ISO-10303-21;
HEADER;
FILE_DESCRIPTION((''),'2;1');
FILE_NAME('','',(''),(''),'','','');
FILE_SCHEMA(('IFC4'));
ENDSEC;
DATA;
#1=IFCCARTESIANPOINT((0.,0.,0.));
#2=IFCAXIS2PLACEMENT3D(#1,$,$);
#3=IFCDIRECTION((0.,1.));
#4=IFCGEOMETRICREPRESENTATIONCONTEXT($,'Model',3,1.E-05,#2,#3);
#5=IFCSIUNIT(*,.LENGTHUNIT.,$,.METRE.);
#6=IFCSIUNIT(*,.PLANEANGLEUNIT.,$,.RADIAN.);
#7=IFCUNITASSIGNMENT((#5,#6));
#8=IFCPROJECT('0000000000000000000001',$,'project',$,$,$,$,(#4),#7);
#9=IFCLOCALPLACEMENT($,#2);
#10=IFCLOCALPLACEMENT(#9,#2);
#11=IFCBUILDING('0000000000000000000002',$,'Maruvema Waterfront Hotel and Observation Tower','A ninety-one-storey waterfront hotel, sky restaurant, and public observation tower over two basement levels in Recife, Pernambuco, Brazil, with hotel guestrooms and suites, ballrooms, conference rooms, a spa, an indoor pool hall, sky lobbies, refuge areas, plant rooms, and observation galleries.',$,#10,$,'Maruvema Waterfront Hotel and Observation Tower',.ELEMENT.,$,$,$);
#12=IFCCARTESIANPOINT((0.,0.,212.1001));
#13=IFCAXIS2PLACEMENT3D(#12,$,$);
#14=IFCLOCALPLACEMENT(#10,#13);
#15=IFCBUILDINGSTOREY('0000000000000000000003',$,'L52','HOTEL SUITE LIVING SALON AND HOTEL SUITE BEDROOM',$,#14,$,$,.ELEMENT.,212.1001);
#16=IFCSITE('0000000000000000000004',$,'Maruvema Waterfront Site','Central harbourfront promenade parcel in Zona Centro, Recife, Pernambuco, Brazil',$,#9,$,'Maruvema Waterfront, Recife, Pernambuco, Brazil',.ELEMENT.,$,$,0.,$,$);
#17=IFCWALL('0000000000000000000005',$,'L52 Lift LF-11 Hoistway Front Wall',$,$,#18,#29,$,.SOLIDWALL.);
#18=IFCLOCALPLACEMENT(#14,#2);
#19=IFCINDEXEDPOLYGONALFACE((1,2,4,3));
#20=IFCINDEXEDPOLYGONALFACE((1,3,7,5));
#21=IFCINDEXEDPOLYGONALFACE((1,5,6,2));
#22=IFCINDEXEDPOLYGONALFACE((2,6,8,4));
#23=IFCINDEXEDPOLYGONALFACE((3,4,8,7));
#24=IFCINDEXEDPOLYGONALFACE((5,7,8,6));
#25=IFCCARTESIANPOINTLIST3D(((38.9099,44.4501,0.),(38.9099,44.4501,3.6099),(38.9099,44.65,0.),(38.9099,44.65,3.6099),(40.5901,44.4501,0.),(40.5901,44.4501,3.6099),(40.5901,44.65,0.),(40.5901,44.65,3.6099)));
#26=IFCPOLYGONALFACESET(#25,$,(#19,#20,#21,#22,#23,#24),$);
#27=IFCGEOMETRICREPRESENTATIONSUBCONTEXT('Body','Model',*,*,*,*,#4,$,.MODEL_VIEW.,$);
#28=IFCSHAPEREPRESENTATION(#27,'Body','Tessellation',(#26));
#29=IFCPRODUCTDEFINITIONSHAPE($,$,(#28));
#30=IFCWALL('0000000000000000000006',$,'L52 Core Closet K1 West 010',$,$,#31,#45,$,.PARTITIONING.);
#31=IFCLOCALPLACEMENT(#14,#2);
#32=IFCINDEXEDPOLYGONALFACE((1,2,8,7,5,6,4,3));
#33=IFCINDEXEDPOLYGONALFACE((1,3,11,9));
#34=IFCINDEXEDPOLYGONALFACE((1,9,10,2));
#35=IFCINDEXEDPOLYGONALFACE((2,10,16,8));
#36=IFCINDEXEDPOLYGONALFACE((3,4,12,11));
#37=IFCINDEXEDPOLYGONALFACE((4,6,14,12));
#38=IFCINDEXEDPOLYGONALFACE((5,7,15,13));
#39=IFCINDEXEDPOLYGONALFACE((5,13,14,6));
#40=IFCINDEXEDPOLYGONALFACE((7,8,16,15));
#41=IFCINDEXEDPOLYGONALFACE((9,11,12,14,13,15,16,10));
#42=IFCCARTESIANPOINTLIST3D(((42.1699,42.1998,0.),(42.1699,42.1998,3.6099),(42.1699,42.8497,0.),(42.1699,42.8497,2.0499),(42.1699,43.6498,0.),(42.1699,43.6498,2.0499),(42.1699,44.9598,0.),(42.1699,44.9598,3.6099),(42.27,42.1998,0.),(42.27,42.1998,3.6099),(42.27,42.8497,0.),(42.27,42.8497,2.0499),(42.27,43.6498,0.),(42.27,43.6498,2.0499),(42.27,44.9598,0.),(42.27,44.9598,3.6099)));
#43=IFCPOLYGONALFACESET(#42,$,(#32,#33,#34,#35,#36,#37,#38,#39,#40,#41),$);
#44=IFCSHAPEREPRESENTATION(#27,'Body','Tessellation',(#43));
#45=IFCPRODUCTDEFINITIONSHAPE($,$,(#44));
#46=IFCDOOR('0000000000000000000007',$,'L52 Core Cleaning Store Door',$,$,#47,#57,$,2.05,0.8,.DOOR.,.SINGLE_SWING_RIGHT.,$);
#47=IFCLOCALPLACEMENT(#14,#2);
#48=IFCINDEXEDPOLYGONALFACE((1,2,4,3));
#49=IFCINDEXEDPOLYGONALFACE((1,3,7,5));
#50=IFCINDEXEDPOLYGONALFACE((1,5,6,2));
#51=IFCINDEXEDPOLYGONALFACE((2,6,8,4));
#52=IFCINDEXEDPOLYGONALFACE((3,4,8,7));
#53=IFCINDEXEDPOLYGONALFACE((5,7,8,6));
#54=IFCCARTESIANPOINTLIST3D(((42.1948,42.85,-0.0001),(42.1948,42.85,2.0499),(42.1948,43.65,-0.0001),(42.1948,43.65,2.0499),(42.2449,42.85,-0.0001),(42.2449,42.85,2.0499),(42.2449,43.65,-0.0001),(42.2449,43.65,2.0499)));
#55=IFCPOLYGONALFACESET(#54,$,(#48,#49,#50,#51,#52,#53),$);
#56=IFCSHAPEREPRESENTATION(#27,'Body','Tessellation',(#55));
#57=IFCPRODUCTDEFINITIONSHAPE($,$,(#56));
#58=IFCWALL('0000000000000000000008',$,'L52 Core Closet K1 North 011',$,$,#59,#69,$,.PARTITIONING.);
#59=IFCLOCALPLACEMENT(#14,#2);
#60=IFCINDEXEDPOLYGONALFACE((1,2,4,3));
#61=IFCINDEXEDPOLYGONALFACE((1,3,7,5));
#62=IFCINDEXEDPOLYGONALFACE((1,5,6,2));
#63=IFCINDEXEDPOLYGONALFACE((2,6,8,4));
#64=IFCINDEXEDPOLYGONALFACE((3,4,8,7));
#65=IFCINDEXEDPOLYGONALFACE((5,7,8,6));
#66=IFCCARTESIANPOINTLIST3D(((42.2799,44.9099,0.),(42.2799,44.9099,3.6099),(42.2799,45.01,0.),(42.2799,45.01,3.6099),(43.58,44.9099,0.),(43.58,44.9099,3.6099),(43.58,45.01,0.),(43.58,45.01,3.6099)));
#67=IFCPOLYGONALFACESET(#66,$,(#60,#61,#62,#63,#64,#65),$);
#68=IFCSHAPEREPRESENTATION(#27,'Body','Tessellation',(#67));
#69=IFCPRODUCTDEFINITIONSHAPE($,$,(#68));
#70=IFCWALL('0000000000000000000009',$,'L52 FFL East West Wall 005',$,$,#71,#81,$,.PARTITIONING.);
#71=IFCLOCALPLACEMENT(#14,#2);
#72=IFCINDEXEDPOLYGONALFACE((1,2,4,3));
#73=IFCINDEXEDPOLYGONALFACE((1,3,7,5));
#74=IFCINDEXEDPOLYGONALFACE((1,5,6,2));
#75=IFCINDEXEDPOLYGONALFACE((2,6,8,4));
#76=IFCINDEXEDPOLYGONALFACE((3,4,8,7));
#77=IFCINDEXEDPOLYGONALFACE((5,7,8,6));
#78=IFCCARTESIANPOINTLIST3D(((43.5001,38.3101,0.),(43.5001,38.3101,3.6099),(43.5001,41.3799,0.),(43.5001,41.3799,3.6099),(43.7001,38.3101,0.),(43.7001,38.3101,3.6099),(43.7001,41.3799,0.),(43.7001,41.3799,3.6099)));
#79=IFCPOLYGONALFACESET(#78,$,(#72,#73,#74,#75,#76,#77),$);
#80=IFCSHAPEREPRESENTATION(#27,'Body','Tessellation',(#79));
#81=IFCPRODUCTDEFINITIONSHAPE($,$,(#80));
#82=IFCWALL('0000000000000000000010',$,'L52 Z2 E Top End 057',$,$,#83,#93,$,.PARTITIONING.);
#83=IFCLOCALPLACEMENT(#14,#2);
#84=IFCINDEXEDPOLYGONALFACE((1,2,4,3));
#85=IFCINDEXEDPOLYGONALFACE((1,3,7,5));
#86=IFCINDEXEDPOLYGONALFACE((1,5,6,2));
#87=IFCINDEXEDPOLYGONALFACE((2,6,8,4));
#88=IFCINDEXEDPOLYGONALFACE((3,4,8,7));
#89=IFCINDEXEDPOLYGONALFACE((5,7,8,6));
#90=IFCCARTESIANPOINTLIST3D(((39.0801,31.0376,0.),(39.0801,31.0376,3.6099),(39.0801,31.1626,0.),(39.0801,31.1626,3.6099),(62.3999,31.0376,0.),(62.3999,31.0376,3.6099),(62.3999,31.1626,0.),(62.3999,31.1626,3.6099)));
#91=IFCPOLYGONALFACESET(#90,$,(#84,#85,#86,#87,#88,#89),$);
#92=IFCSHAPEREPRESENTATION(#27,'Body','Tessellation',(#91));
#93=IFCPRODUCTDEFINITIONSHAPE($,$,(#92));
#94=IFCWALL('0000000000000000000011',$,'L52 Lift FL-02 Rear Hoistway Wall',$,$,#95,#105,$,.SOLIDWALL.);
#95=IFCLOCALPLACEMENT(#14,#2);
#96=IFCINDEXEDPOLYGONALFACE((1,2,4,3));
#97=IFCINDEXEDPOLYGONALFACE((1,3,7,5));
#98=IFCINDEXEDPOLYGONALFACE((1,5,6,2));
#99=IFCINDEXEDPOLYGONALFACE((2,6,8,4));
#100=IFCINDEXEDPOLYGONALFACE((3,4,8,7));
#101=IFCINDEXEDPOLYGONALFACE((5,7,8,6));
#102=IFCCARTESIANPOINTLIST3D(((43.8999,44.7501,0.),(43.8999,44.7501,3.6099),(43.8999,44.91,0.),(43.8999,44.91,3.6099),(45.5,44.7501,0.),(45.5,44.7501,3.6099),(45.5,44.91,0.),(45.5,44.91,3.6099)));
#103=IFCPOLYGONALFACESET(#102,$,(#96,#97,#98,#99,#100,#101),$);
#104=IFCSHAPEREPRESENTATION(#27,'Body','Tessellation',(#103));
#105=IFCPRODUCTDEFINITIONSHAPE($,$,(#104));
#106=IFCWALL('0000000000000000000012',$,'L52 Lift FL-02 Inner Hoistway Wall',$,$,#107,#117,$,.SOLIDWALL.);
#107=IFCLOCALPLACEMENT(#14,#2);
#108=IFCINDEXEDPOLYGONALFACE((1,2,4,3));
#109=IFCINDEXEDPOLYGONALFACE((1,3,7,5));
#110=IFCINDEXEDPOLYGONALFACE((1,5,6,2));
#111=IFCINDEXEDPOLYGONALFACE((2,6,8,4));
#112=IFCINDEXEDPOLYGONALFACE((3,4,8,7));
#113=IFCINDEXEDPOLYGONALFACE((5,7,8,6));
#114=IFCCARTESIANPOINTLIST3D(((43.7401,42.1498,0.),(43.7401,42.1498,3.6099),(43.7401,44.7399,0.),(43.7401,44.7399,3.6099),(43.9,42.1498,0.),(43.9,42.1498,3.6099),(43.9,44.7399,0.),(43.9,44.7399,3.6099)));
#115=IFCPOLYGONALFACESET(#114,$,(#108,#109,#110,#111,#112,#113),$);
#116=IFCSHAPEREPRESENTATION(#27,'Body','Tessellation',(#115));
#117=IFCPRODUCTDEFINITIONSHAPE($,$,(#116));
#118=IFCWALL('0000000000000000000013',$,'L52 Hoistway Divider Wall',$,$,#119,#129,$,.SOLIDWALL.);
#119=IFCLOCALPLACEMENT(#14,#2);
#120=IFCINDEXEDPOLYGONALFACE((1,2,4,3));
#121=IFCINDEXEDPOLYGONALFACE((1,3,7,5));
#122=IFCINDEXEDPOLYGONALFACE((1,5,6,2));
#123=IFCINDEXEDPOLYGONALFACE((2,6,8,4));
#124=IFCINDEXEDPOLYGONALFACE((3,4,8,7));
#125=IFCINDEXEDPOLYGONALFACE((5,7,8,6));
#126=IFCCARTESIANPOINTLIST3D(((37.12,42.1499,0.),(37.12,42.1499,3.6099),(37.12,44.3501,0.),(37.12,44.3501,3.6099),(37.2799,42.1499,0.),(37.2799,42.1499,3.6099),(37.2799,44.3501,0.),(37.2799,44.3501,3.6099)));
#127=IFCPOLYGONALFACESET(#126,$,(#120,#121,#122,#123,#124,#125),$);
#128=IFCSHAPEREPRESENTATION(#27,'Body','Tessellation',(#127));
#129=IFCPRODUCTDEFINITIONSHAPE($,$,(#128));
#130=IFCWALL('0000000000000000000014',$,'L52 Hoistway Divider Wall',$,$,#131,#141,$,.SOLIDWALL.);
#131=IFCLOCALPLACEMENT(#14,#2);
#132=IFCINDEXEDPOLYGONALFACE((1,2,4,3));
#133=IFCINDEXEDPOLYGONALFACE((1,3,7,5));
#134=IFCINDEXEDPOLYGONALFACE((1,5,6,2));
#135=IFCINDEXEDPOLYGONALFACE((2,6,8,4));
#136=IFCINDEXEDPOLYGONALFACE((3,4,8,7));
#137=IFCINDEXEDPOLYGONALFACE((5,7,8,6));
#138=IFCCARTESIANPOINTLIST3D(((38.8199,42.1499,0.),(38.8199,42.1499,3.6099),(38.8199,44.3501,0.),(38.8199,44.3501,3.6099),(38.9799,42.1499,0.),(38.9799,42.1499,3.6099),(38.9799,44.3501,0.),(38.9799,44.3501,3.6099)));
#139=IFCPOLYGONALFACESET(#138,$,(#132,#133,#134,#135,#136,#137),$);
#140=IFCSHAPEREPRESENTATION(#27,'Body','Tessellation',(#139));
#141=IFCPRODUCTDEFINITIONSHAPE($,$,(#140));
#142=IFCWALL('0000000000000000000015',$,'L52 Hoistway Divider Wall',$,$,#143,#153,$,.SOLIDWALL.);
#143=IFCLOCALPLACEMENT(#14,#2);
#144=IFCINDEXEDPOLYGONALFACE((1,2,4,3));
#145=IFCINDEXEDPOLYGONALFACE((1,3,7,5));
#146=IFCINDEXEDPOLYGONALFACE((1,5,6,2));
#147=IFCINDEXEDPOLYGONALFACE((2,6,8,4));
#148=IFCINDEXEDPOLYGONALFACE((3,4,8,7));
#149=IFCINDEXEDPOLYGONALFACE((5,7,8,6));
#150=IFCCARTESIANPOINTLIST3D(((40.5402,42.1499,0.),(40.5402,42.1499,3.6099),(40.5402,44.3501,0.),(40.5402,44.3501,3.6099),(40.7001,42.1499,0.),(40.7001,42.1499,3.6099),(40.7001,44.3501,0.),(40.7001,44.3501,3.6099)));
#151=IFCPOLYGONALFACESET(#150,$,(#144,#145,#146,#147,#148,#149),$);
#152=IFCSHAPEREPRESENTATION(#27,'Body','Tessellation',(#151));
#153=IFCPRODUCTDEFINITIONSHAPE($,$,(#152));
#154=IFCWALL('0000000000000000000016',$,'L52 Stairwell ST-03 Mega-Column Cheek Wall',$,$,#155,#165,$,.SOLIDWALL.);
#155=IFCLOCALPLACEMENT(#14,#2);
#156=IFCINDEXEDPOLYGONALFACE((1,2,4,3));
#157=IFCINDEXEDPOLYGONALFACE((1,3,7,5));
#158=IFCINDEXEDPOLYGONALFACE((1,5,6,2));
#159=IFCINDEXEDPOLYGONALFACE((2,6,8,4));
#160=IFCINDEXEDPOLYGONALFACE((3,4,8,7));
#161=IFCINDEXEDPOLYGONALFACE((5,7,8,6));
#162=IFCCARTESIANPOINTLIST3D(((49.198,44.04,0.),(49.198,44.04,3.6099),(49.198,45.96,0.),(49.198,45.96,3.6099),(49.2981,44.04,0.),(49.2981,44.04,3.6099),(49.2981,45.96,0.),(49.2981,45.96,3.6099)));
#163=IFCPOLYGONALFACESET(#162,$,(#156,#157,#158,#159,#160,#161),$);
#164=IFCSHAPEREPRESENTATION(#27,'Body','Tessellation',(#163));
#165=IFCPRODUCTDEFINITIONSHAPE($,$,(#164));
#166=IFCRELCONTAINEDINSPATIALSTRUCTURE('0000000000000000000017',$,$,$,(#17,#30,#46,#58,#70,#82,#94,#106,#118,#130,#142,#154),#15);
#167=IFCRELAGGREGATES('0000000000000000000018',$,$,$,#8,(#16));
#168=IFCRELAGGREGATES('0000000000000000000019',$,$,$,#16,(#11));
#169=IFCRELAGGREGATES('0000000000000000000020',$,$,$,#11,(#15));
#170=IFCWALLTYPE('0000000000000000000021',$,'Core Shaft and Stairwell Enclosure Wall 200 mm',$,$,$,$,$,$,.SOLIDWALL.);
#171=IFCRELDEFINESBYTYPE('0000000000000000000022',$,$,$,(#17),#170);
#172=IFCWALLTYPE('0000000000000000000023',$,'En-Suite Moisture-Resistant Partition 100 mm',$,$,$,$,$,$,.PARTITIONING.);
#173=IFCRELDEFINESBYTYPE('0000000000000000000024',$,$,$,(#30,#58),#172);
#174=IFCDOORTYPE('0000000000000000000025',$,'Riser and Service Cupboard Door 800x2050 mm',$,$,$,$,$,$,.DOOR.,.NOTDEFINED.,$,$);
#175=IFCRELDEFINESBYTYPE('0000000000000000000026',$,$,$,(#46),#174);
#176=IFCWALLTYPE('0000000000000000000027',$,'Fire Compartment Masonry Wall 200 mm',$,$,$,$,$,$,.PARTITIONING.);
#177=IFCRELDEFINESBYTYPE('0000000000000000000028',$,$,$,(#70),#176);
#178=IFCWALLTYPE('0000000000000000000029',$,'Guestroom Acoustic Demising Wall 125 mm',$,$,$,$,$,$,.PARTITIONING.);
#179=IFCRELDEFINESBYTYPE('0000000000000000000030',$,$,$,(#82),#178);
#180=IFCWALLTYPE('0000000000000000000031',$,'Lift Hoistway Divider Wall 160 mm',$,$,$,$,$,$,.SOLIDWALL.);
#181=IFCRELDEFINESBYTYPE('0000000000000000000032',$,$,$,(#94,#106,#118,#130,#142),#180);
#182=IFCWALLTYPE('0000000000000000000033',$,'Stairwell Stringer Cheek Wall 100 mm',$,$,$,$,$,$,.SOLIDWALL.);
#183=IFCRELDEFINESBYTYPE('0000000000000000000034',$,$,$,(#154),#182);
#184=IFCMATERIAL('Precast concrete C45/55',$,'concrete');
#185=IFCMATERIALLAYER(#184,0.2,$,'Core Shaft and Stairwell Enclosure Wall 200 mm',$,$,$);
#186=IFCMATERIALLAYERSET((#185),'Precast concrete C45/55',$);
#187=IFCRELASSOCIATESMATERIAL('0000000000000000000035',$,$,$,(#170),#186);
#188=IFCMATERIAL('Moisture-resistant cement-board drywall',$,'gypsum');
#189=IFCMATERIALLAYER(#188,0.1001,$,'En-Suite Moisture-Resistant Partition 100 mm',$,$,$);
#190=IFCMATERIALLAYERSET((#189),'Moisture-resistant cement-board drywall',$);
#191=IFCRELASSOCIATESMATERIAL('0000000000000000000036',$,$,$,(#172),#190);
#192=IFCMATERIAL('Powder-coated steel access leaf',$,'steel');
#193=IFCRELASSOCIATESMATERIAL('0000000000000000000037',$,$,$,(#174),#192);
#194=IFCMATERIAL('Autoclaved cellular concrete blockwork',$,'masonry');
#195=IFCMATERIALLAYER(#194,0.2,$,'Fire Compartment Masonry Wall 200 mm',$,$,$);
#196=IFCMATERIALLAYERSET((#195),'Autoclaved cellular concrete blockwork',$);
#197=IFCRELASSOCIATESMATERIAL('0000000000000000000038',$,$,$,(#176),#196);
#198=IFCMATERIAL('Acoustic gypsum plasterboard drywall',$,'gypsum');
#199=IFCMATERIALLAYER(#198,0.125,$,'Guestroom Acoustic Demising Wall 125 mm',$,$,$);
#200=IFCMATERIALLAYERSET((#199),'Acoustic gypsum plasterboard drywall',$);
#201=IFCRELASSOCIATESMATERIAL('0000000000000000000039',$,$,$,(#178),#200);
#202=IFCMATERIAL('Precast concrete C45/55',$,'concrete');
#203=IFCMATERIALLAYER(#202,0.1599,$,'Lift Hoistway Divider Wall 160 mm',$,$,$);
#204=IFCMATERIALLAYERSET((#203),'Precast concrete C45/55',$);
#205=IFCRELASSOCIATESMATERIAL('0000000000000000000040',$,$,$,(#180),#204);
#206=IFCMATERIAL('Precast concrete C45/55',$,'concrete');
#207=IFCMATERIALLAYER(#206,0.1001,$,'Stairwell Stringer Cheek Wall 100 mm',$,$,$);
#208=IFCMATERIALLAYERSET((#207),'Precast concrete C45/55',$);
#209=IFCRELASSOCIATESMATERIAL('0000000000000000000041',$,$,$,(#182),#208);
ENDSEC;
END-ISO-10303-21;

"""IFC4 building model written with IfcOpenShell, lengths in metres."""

from ifc_helpers import new_model, si_unit, direction, frame, frame_2d, origin, place, context, subcontext, project, spatial, rectangle, extrude, material, layer, layer_set, type_object, element, fill, save


model = new_model("IFC4")

# Units and contexts
model_context = context("Model", 3, precision=1e-05, world=origin(), true_north=direction((0.0, 1.0)))
body_context = subcontext(model_context, "Body", "Model", "MODEL_VIEW")
ifc_project = project(units=[si_unit("LENGTHUNIT", "METRE"), si_unit("PLANEANGLEUNIT", "RADIAN")], contexts=[model_context])

# Site, building, storey
site_placement = place(None, origin())
site = spatial("IfcSite", under=ifc_project, at=site_placement, Name="Maruvema Waterfront Site", Description="Central harbourfront promenade parcel in Zona Centro, Recife, Pernambuco, Brazil", LongName="Maruvema Waterfront, Recife, Pernambuco, Brazil", CompositionType="ELEMENT", RefElevation=0.0)
building_placement = place(site_placement, origin())
building = spatial("IfcBuilding", under=site, at=building_placement, Name="Maruvema Waterfront Hotel and Observation Tower", Description="A ninety-one-storey waterfront hotel, sky restaurant, and public observation tower over two basement levels in Recife, Pernambuco, Brazil, with hotel guestrooms and suites, ballrooms, conference rooms, a spa, an indoor pool hall, sky lobbies, refuge areas, plant rooms, and observation galleries.", LongName="Maruvema Waterfront Hotel and Observation Tower", CompositionType="ELEMENT")
storey_placement = place(building_placement, frame((0.0, 0.0, 212.1001)))
storey = spatial("IfcBuildingStorey", under=building, at=storey_placement, Name="L52", Description="HOTEL SUITE LIVING SALON AND HOTEL SUITE BEDROOM", CompositionType="ELEMENT", Elevation=212.1001)

# Wall
ifc_material_1 = material(Name="Precast concrete C45/55", Category="concrete")
ifc_layer_1 = layer(ifc_material_1, 0.2, Name="Core Shaft and Stairwell Enclosure Wall 200 mm")
ifc_layer_set_1 = layer_set([ifc_layer_1], Name="Precast concrete C45/55")
wall_type_1 = type_object("IfcWallType", Name="Core Shaft and Stairwell Enclosure Wall 200 mm", PredefinedType="SOLIDWALL", material=ifc_layer_set_1)
wall_1_placement = place(storey_placement, frame((38.9099, 44.55, 0.0), z_axis=(0.0, 0.0, 1.0), x_axis=(1.0, 0.0, 0.0)))
element("IfcWall", 1, at=wall_1_placement, inside=storey, type_object=wall_type_1, Name="L52 Lift LF-11 Hoistway Front Wall", PredefinedType="SOLIDWALL", context=body_context, shape_type="SweptSolid", body=[
    extrude(rectangle(XDim=1.6802, YDim=0.2, at=frame_2d((0.8401, 0.0))), origin(), (0.0, 0.0, 1.0), 3.6099),
])

# Wall, opening, door
ifc_material_2 = material(Name="Moisture-resistant cement-board drywall", Category="gypsum")
ifc_layer_2 = layer(ifc_material_2, 0.1001, Name="En-Suite Moisture-Resistant Partition 100 mm")
ifc_layer_set_2 = layer_set([ifc_layer_2], Name="Moisture-resistant cement-board drywall")
wall_type_2 = type_object("IfcWallType", Name="En-Suite Moisture-Resistant Partition 100 mm", PredefinedType="PARTITIONING", material=ifc_layer_set_2)
wall_2_placement = place(storey_placement, frame((42.22, 42.2, 0.0), z_axis=(0.0, 0.0, 1.0), x_axis=(0.0, 1.0, 0.0)))
wall_2 = element("IfcWall", 2, at=wall_2_placement, inside=storey, type_object=wall_type_2, Name="L52 Core Closet K1 West 010", PredefinedType="PARTITIONING", context=body_context, shape_type="SweptSolid", body=[
    extrude(rectangle(XDim=2.76, YDim=0.1001, at=frame_2d((1.3799, 0.0))), origin(), (0.0, 0.0, 1.0), 3.6099),
])
opening_1_placement = place(wall_2_placement, frame((0.6499, 0.0, 0.0)))
opening_1 = element("IfcOpeningElement", 3, at=opening_1_placement, cuts=wall_2, PredefinedType="OPENING", context=body_context, shape_type="SweptSolid", body=[
    extrude(rectangle(XDim=0.8, YDim=2.05, at=frame_2d((0.3999, 1.0249))), frame((0.0, 0.0601, 0.0), z_axis=(0.0, -1.0, 0.0), x_axis=(1.0, 0.0, 0.0)), (0.0, 0.0, 1.0), 0.1201),
])
ifc_material_3 = material(Name="Powder-coated steel access leaf", Category="steel")
door_type_1 = type_object("IfcDoorType", Name="Riser and Service Cupboard Door 800x2050 mm", OperationType="NOTDEFINED", PredefinedType="DOOR", material=ifc_material_3)
door_1_placement = place(opening_1_placement, frame((0.8, 0.0, 0.0), z_axis=(0.0, 0.0, 1.0), x_axis=(-1.0, 0.0, 0.0)))
door_1 = element("IfcDoor", 4, at=door_1_placement, inside=storey, type_object=door_type_1, Name="L52 Core Cleaning Store Door", OperationType="SINGLE_SWING_RIGHT", OverallHeight=2.05, OverallWidth=0.8, PredefinedType="DOOR", context=body_context, shape_type="SweptSolid", body=[
    extrude(rectangle(XDim=0.8, YDim=2.05, at=frame_2d((0.3999, 1.0249))), frame((0.0, 0.0249, 0.0), z_axis=(0.0, -1.0, 0.0), x_axis=(1.0, 0.0, 0.0)), (0.0, 0.0, 1.0), 0.05),
])
fill(opening_1, door_1)

# Wall
wall_3_placement = place(storey_placement, frame((42.28, 44.96, 0.0), z_axis=(0.0, 0.0, 1.0), x_axis=(1.0, 0.0, 0.0)))
element("IfcWall", 5, at=wall_3_placement, inside=storey, type_object=wall_type_2, Name="L52 Core Closet K1 North 011", PredefinedType="PARTITIONING", context=body_context, shape_type="SweptSolid", body=[
    extrude(rectangle(XDim=1.3, YDim=0.1001, at=frame_2d((0.6499, 0.0))), origin(), (0.0, 0.0, 1.0), 3.6099),
])

# Shared definitions
ifc_material_4 = material(Name="Autoclaved cellular concrete blockwork", Category="masonry")
ifc_layer_3 = layer(ifc_material_4, 0.2, Name="Fire Compartment Masonry Wall 200 mm")
ifc_layer_set_3 = layer_set([ifc_layer_3], Name="Autoclaved cellular concrete blockwork")
wall_type_3 = type_object("IfcWallType", Name="Fire Compartment Masonry Wall 200 mm", PredefinedType="PARTITIONING", material=ifc_layer_set_3)

# Walls
wall_4_placement = place(storey_placement, frame((43.6001, 38.3101, 0.0), z_axis=(0.0, 0.0, 1.0), x_axis=(0.0, 1.0, 0.0)))
element("IfcWall", 6, at=wall_4_placement, inside=storey, type_object=wall_type_3, Name="L52 FFL East West Wall 005", PredefinedType="PARTITIONING", context=body_context, shape_type="SweptSolid", body=[
    extrude(rectangle(XDim=3.0698, YDim=0.2, at=frame_2d((1.5349, 0.0))), origin(), (0.0, 0.0, 1.0), 3.6099),
])
ifc_material_5 = material(Name="Acoustic gypsum plasterboard drywall", Category="gypsum")
ifc_layer_4 = layer(ifc_material_5, 0.125, Name="Guestroom Acoustic Demising Wall 125 mm")
ifc_layer_set_4 = layer_set([ifc_layer_4], Name="Acoustic gypsum plasterboard drywall")
wall_type_4 = type_object("IfcWallType", Name="Guestroom Acoustic Demising Wall 125 mm", PredefinedType="PARTITIONING", material=ifc_layer_set_4)
wall_5_placement = place(storey_placement, frame((39.0801, 31.1001, 0.0), z_axis=(0.0, 0.0, 1.0), x_axis=(1.0, 0.0, 0.0)))
element("IfcWall", 7, at=wall_5_placement, inside=storey, type_object=wall_type_4, Name="L52 Z2 E Top End 057", PredefinedType="PARTITIONING", context=body_context, shape_type="SweptSolid", body=[
    extrude(rectangle(XDim=23.3198, YDim=0.125, at=frame_2d((11.6599, 0.0))), origin(), (0.0, 0.0, 1.0), 3.6099),
])
ifc_material_6 = material(Name="Precast concrete C45/55", Category="concrete")
ifc_layer_5 = layer(ifc_material_6, 0.1599, Name="Lift Hoistway Divider Wall 160 mm")
ifc_layer_set_5 = layer_set([ifc_layer_5], Name="Precast concrete C45/55")
wall_type_5 = type_object("IfcWallType", Name="Lift Hoistway Divider Wall 160 mm", PredefinedType="SOLIDWALL", material=ifc_layer_set_5)
wall_6_placement = place(storey_placement, frame((43.8999, 44.8301, 0.0), z_axis=(0.0, 0.0, 1.0), x_axis=(1.0, 0.0, 0.0)))
element("IfcWall", 8, at=wall_6_placement, inside=storey, type_object=wall_type_5, Name="L52 Lift FL-02 Rear Hoistway Wall", PredefinedType="SOLIDWALL", context=body_context, shape_type="SweptSolid", body=[
    extrude(rectangle(XDim=1.6001, YDim=0.1599, at=frame_2d((0.8, 0.0))), origin(), (0.0, 0.0, 1.0), 3.6099),
])
wall_7_placement = place(storey_placement, frame((43.8201, 42.1499, 0.0), z_axis=(0.0, 0.0, 1.0), x_axis=(0.0, 1.0, 0.0)))
element("IfcWall", 9, at=wall_7_placement, inside=storey, type_object=wall_type_5, Name="L52 Lift FL-02 Inner Hoistway Wall", PredefinedType="SOLIDWALL", context=body_context, shape_type="SweptSolid", body=[
    extrude(rectangle(XDim=2.5901, YDim=0.1599, at=frame_2d((1.2949, 0.0))), origin(), (0.0, 0.0, 1.0), 3.6099),
])
for number, where, z_axis, x_axis, name in (
    (10, (37.2, 42.1499, 0.0), (0.0, 0.0, 1.0), (0.0, 1.0, 0.0), "L52 Hoistway Divider Wall"),
    (11, (38.8999, 42.1499, 0.0), (0.0, 0.0, 1.0), (0.0, 1.0, 0.0), "L52 Hoistway Divider Wall"),
    (12, (40.6201, 42.1499, 0.0), (0.0, 0.0, 1.0), (0.0, 1.0, 0.0), "L52 Hoistway Divider Wall"),
):
    element("IfcWall", number, at=place(storey_placement, frame(where, z_axis=z_axis, x_axis=x_axis)), inside=storey, type_object=wall_type_5, Name=name, PredefinedType="SOLIDWALL", context=body_context, shape_type="SweptSolid", body=[
        extrude(rectangle(XDim=2.2002, YDim=0.1599, at=frame_2d((1.1001, 0.0))), origin(), (0.0, 0.0, 1.0), 3.6099),
    ])
ifc_material_7 = material(Name="Precast concrete C45/55", Category="concrete")
ifc_layer_6 = layer(ifc_material_7, 0.1001, Name="Stairwell Stringer Cheek Wall 100 mm")
ifc_layer_set_6 = layer_set([ifc_layer_6], Name="Precast concrete C45/55")
wall_type_6 = type_object("IfcWallType", Name="Stairwell Stringer Cheek Wall 100 mm", PredefinedType="SOLIDWALL", material=ifc_layer_set_6)
wall_8_placement = place(storey_placement, frame((49.248, 44.04, 0.0), z_axis=(0.0, 0.0, 1.0), x_axis=(0.0, 1.0, 0.0)))
element("IfcWall", 13, at=wall_8_placement, inside=storey, type_object=wall_type_6, Name="L52 Stairwell ST-03 Mega-Column Cheek Wall", PredefinedType="SOLIDWALL", context=body_context, shape_type="SweptSolid", body=[
    extrude(rectangle(XDim=1.9199, YDim=0.1001, at=frame_2d((0.96, 0.0))), origin(), (0.0, 0.0, 1.0), 3.6099),
])

save(model, "model.ifc")
